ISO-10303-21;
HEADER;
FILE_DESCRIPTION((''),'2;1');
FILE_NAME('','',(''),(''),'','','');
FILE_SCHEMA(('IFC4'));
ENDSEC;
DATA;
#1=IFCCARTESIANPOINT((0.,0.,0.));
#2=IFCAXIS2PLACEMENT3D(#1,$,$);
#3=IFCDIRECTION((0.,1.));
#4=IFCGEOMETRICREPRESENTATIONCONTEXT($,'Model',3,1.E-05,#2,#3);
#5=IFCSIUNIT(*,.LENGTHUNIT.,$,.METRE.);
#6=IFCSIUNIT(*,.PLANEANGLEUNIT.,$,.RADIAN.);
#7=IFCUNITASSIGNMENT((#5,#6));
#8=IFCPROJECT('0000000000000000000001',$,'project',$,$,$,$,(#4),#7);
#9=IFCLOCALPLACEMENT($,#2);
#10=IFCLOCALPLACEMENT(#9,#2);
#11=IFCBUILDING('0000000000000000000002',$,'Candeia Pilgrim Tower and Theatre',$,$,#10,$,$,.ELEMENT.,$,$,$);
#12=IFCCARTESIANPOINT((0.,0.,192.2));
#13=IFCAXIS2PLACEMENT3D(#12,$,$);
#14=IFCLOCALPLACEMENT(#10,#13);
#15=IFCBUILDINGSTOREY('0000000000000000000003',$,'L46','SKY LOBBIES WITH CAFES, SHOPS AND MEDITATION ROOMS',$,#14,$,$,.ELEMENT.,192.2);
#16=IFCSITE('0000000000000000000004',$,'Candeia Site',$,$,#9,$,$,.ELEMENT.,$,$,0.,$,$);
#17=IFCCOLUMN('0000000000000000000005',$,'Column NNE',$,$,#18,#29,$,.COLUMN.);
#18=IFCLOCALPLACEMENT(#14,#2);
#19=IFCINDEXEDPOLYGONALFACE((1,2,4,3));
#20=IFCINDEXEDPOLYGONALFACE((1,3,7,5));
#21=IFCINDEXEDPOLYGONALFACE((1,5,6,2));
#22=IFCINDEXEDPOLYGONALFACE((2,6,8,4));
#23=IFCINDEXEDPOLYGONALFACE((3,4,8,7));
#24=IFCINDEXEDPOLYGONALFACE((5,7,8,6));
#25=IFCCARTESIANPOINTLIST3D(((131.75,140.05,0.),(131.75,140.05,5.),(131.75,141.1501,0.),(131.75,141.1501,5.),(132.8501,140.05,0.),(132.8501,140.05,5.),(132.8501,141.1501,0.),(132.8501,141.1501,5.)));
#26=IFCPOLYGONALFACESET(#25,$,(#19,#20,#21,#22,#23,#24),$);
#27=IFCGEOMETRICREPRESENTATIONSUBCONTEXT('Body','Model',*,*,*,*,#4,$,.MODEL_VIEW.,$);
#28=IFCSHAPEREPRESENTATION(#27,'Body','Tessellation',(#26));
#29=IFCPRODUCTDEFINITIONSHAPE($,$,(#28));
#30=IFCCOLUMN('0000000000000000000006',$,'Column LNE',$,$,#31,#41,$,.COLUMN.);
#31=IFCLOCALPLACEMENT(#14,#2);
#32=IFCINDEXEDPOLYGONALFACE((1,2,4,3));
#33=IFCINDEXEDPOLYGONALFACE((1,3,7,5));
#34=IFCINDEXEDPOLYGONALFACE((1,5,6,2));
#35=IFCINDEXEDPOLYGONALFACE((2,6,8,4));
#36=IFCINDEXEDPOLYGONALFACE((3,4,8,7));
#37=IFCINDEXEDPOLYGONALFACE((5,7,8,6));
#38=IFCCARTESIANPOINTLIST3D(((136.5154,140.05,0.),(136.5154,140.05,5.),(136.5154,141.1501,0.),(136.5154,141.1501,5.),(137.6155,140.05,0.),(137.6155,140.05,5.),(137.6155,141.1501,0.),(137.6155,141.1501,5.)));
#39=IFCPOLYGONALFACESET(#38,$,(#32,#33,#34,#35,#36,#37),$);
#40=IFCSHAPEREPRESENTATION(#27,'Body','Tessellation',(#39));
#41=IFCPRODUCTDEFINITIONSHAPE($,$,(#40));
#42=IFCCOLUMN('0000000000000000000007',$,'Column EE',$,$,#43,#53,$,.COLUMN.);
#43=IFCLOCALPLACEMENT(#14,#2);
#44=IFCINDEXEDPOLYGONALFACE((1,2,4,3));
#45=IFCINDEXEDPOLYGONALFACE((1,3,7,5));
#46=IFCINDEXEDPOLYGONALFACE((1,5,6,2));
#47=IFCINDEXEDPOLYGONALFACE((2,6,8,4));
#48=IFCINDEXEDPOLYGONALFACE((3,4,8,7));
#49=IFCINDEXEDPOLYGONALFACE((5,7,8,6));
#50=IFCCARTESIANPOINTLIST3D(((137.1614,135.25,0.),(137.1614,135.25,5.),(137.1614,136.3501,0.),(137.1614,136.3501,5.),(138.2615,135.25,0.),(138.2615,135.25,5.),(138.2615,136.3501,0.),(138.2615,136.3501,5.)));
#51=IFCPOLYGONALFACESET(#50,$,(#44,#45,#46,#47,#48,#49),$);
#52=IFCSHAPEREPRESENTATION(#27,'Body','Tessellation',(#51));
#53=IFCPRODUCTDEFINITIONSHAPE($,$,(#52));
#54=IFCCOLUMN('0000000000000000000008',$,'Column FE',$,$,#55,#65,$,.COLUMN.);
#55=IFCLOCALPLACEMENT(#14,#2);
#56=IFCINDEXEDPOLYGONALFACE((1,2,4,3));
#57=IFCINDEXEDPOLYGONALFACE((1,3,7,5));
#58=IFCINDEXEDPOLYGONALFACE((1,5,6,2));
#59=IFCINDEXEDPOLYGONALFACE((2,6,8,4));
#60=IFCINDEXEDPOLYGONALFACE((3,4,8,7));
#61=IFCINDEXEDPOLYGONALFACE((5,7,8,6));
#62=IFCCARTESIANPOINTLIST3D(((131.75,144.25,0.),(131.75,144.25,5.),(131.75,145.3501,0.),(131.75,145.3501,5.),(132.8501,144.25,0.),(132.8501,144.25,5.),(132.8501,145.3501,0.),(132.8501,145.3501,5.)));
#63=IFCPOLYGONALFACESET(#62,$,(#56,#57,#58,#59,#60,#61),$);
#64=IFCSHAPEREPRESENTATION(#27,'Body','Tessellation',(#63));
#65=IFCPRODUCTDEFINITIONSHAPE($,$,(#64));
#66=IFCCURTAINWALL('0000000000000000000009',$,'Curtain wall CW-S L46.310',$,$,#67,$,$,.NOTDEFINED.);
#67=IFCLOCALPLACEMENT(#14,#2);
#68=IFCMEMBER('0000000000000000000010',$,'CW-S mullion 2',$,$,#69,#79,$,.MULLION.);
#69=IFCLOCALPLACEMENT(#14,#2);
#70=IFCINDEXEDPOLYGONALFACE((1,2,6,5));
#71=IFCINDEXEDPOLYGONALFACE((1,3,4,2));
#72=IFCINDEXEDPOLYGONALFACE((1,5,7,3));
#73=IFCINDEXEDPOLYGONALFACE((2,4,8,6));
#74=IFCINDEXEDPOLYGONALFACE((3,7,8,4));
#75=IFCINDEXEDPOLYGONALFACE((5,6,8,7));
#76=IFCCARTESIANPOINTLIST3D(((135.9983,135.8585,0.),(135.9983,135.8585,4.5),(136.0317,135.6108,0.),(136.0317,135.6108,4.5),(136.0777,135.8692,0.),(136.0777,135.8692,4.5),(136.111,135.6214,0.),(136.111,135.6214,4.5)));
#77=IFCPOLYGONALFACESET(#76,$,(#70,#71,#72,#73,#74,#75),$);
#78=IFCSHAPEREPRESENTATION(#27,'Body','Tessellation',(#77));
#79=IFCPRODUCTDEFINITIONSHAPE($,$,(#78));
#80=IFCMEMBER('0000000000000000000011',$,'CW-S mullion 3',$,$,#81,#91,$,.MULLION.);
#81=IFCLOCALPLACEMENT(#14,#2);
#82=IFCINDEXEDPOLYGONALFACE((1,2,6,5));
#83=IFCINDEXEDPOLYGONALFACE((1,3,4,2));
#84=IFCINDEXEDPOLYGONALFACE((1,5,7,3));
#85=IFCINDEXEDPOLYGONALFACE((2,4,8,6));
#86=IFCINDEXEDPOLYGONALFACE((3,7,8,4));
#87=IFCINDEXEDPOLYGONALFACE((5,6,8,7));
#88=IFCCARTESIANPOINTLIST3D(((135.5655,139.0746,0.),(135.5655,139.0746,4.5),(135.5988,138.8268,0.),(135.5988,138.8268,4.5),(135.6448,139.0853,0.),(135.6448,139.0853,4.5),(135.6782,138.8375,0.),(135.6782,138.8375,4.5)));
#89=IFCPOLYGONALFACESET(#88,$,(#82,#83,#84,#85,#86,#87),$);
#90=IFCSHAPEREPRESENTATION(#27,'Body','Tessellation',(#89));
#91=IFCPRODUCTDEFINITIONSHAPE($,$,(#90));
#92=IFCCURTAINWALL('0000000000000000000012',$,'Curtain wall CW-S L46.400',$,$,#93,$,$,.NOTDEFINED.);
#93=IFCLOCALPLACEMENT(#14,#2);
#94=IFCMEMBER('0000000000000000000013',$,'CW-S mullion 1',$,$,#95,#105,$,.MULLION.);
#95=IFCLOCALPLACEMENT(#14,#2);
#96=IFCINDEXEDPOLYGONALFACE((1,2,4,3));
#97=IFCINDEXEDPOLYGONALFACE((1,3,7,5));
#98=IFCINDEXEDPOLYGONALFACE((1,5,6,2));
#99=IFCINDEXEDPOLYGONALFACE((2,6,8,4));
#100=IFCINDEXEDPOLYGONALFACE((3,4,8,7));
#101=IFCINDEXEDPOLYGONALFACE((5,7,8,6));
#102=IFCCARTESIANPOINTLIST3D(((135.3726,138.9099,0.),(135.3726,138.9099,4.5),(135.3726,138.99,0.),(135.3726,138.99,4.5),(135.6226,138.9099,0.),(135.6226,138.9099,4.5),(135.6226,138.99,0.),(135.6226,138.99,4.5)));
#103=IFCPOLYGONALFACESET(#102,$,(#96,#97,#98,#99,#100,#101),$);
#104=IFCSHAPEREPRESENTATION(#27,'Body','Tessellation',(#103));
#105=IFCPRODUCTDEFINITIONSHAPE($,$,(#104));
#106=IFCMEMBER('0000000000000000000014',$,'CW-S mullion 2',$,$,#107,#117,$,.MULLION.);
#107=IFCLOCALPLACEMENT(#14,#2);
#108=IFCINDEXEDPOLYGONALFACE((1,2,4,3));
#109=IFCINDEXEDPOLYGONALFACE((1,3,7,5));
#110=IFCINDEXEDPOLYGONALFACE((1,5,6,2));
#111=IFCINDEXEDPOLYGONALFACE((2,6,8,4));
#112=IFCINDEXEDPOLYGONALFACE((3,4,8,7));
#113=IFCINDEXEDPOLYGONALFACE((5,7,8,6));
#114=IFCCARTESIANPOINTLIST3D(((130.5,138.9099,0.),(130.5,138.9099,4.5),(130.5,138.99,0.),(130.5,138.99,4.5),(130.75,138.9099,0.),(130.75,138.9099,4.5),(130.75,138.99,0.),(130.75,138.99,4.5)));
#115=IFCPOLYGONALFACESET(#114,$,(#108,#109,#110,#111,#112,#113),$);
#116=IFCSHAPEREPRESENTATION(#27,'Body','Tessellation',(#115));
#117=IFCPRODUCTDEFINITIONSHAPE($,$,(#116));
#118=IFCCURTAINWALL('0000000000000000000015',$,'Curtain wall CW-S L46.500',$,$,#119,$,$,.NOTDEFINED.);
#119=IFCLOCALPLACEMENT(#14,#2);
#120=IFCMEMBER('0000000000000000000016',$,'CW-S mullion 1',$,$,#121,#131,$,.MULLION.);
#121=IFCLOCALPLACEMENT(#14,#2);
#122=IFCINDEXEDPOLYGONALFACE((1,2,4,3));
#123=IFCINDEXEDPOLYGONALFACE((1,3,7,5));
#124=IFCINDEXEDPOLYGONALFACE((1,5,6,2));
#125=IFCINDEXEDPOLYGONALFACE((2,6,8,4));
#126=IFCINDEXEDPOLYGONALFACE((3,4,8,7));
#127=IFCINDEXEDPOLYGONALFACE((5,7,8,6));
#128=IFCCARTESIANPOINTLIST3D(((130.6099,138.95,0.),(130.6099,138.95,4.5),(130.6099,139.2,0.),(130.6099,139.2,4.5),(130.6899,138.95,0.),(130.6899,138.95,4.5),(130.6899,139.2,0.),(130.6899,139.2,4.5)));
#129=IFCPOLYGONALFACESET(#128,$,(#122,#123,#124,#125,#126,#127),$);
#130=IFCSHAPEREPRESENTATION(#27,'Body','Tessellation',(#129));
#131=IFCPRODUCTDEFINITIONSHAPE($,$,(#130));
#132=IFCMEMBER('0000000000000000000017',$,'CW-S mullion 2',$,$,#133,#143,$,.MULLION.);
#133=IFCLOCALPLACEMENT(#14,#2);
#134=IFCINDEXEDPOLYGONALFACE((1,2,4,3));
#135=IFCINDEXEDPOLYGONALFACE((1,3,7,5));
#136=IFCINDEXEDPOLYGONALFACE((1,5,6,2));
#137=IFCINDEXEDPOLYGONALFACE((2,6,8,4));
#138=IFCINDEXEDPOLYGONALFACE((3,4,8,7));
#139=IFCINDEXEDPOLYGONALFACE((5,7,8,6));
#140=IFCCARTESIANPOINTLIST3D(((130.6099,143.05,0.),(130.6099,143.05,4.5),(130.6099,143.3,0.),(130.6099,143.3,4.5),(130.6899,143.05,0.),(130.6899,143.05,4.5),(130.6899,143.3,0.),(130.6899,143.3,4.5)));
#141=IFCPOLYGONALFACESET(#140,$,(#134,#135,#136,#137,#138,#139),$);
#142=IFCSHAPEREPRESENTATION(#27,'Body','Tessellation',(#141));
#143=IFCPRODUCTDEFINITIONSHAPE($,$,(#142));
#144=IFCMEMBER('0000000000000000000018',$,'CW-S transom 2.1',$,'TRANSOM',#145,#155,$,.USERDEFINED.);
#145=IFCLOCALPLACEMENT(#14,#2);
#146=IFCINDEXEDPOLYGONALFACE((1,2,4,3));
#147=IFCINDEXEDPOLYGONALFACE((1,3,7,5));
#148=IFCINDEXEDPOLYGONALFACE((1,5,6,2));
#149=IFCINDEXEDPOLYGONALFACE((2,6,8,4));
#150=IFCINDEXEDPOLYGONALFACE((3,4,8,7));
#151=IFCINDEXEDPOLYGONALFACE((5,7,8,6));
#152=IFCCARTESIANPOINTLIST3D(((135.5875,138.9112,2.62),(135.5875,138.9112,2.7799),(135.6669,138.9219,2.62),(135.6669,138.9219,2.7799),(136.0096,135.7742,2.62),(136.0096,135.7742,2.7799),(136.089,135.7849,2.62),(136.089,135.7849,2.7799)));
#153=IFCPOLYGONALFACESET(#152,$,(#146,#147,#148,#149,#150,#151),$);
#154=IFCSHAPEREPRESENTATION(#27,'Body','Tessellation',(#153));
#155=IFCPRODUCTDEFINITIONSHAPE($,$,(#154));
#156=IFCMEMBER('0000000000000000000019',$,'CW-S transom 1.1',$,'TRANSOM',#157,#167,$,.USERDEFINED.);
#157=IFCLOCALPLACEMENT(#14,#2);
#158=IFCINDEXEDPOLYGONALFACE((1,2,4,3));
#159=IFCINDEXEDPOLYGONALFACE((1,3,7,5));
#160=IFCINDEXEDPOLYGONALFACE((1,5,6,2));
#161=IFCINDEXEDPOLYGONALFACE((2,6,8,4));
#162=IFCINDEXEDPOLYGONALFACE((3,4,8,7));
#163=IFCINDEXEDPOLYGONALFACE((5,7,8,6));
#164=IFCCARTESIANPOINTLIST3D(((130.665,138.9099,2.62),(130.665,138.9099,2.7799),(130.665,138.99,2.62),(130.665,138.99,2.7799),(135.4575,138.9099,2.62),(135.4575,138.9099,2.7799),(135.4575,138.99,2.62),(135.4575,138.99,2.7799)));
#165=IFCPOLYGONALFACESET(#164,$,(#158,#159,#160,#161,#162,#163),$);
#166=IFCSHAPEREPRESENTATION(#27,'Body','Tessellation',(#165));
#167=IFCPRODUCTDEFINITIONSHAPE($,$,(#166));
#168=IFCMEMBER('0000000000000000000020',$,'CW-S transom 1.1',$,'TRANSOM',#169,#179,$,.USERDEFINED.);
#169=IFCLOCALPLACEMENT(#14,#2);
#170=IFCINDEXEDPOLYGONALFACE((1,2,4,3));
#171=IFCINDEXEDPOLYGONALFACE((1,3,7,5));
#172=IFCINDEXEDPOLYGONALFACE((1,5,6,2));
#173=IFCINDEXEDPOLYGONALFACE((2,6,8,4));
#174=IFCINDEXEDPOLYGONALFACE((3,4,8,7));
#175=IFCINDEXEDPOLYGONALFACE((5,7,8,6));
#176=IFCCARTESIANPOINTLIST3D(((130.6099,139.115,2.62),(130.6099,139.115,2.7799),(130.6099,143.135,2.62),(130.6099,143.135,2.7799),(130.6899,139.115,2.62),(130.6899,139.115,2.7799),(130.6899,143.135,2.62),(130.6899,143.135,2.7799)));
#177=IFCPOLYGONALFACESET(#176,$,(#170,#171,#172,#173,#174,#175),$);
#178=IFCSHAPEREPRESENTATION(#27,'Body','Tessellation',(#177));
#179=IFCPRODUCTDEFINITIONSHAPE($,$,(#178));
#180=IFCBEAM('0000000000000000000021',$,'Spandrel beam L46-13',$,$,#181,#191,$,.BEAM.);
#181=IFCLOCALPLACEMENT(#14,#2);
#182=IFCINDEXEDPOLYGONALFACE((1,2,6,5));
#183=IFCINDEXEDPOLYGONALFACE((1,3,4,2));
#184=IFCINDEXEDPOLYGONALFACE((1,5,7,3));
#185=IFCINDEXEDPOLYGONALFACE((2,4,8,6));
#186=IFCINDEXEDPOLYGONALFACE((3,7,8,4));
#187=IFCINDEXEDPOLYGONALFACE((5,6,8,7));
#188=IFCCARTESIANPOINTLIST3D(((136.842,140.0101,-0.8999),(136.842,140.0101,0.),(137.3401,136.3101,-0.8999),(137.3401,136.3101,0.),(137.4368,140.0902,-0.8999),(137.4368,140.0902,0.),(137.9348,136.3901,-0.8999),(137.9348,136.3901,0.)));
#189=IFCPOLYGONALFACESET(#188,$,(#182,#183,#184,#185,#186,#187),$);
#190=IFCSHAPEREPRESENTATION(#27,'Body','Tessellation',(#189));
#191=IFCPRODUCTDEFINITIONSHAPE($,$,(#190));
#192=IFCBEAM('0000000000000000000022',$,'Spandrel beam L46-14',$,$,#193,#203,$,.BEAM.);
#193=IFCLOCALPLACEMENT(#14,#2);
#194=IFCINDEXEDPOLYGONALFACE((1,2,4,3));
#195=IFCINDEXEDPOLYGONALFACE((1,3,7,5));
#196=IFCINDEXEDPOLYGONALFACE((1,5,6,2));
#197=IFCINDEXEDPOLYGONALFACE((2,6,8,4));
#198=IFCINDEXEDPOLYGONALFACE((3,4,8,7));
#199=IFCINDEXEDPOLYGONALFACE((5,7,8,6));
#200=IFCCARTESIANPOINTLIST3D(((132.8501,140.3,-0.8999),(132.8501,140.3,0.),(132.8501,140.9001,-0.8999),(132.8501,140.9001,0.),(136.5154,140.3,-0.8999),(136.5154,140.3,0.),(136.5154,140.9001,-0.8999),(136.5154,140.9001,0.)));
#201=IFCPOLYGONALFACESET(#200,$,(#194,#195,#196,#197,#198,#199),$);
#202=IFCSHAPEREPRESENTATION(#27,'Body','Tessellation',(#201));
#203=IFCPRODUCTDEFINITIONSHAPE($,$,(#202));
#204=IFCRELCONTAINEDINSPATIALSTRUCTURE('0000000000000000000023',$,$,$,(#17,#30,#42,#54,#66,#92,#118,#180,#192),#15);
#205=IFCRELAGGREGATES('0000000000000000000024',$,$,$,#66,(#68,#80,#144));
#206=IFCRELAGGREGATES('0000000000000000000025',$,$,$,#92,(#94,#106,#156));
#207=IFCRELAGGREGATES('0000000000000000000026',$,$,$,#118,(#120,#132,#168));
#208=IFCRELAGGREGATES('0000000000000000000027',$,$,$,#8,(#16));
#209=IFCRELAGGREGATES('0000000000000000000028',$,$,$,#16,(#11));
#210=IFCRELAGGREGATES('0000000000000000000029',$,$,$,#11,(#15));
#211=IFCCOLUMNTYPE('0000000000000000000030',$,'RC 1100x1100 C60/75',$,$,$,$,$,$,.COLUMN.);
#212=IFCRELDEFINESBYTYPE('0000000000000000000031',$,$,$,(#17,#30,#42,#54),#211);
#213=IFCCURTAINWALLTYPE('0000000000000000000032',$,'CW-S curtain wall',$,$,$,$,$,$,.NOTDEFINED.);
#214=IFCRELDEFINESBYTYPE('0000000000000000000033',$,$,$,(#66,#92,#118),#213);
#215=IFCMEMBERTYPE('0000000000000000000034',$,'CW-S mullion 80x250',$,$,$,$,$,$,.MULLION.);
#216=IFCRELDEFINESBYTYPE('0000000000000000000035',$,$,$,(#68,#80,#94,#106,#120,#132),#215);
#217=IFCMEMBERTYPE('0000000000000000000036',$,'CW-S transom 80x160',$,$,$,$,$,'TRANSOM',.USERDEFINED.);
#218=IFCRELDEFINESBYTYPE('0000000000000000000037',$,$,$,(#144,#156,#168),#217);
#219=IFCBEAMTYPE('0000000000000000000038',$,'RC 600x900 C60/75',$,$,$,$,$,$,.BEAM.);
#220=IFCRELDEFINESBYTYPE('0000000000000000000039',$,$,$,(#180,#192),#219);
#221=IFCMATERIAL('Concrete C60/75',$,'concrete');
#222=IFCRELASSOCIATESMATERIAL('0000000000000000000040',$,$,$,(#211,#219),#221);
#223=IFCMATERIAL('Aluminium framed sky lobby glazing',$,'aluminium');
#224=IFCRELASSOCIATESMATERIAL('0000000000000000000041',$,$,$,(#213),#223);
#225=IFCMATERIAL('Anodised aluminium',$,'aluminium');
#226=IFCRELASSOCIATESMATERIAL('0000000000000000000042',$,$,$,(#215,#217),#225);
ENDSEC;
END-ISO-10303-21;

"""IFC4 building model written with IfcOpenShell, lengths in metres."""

from ifc_helpers import new_model, si_unit, direction, frame, origin, origin_2d, place, context, subcontext, project, spatial, rectangle, extrude, material, material_profile, profile_set, type_object, element, aggregate, save


model = new_model("IFC4")

# Units and contexts
model_context = context("Model", 3, precision=1e-05, world=origin(), true_north=direction((0.0, 1.0)))
body_context = subcontext(model_context, "Body", "Model", "MODEL_VIEW")
ifc_project = project(units=[si_unit("LENGTHUNIT", "METRE"), si_unit("PLANEANGLEUNIT", "RADIAN")], contexts=[model_context])

# Site, building, storey
site_placement = place(None, origin())
site = spatial("IfcSite", under=ifc_project, at=site_placement, Name="Candeia Site", CompositionType="ELEMENT", RefElevation=0.0)
building_placement = place(site_placement, origin())
building = spatial("IfcBuilding", under=site, at=building_placement, Name="Candeia Pilgrim Tower and Theatre", CompositionType="ELEMENT")
storey_placement = place(building_placement, frame((0.0, 0.0, 192.2)))
storey = spatial("IfcBuildingStorey", under=building, at=storey_placement, Name="L46", Description="SKY LOBBIES WITH CAFES, SHOPS AND MEDITATION ROOMS", CompositionType="ELEMENT", Elevation=192.2)

# Columns
ifc_material_1 = material(Name="Concrete C60/75", Category="concrete")
ifc_material_profile_1 = material_profile(ifc_material_1, rectangle(XDim=1.1001, YDim=1.1001, at=origin_2d()))
ifc_profile_set_1 = profile_set([ifc_material_profile_1], Name="Concrete C60/75")
column_type = type_object("IfcColumnType", Name="RC 1100x1100 C60/75", PredefinedType="COLUMN", material=ifc_profile_set_1)
for number, where, z_axis, x_axis, name in (
    (1, (132.3, 140.6001, 0.0), (0.0, 0.0, 1.0), (1.0, 0.0, 0.0), "Column NNE"),
    (2, (137.0654, 140.6001, 0.0), (0.0, 0.0, 1.0), (1.0, 0.0, 0.0), "Column LNE"),
    (3, (137.7114, 135.8, 0.0), (0.0, 0.0, 1.0), (1.0, 0.0, 0.0), "Column EE"),
    (4, (132.3, 144.8, 0.0), (0.0, 0.0, 1.0), (1.0, 0.0, 0.0), "Column FE"),
):
    element("IfcColumn", number, at=place(storey_placement, frame(where, z_axis=z_axis, x_axis=x_axis)), inside=storey, type_object=column_type, Name=name, PredefinedType="COLUMN", context=body_context, shape_type="SweptSolid", body=[
        extrude(rectangle(XDim=1.1001, YDim=1.1001, at=origin_2d()), origin(), (0.0, 0.0, 1.0), 5.0),
    ])

# Curtain walls, members
ifc_material_2 = material(Name="Aluminium framed sky lobby glazing", Category="aluminium")
curtain_wall_type = type_object("IfcCurtainWallType", Name="CW-S curtain wall", PredefinedType="NOTDEFINED", material=ifc_material_2)
curtain_wall_1_placement = place(storey_placement, origin())
curtain_wall_1 = element("IfcCurtainWall", 5, at=curtain_wall_1_placement, inside=storey, type_object=curtain_wall_type, Name="Curtain wall CW-S L46.310", PredefinedType="NOTDEFINED")
ifc_material_3 = material(Name="Anodised aluminium", Category="aluminium")
ifc_material_profile_2 = material_profile(ifc_material_3, rectangle(XDim=0.0801, YDim=0.25, at=origin_2d()))
ifc_profile_set_2 = profile_set([ifc_material_profile_2], Name="Anodised aluminium")
member_type_1 = type_object("IfcMemberType", Name="CW-S mullion 80x250", PredefinedType="MULLION", material=ifc_profile_set_2)
member_1_placement = place(storey_placement, frame((136.0547, 135.74, 0.0), z_axis=(0.0, 0.0, 1.0), x_axis=(-0.991061, -0.133412, 0.0)))
member_1 = element("IfcMember", 6, at=member_1_placement, type_object=member_type_1, Name="CW-S mullion 2", PredefinedType="MULLION", context=body_context, shape_type="SweptSolid", body=[
    extrude(rectangle(XDim=0.0801, YDim=0.25, at=origin_2d()), origin(), (0.0, 0.0, 1.0), 4.5),
])
member_2_placement = place(storey_placement, frame((135.6218, 138.9561, 0.0), z_axis=(0.0, 0.0, 1.0), x_axis=(-0.991061, -0.133412, 0.0)))
member_2 = element("IfcMember", 7, at=member_2_placement, type_object=member_type_1, Name="CW-S mullion 3", PredefinedType="MULLION", context=body_context, shape_type="SweptSolid", body=[
    extrude(rectangle(XDim=0.0801, YDim=0.25, at=origin_2d()), origin(), (0.0, 0.0, 1.0), 4.5),
])
curtain_wall_2_placement = place(storey_placement, origin())
curtain_wall_2 = element("IfcCurtainWall", 8, at=curtain_wall_2_placement, inside=storey, type_object=curtain_wall_type, Name="Curtain wall CW-S L46.400", PredefinedType="NOTDEFINED")
member_3_placement = place(storey_placement, frame((135.4976, 138.95, 0.0), z_axis=(0.0, 0.0, 1.0), x_axis=(0.0, -1.0, 0.0)))
member_3 = element("IfcMember", 9, at=member_3_placement, type_object=member_type_1, Name="CW-S mullion 1", PredefinedType="MULLION", context=body_context, shape_type="SweptSolid", body=[
    extrude(rectangle(XDim=0.0801, YDim=0.25, at=origin_2d()), origin(), (0.0, 0.0, 1.0), 4.5),
])
member_4_placement = place(storey_placement, frame((130.625, 138.95, 0.0), z_axis=(0.0, 0.0, 1.0), x_axis=(0.0, -1.0, 0.0)))
member_4 = element("IfcMember", 10, at=member_4_placement, type_object=member_type_1, Name="CW-S mullion 2", PredefinedType="MULLION", context=body_context, shape_type="SweptSolid", body=[
    extrude(rectangle(XDim=0.0801, YDim=0.25, at=origin_2d()), origin(), (0.0, 0.0, 1.0), 4.5),
])
curtain_wall_3_placement = place(storey_placement, origin())
curtain_wall_3 = element("IfcCurtainWall", 11, at=curtain_wall_3_placement, inside=storey, type_object=curtain_wall_type, Name="Curtain wall CW-S L46.500", PredefinedType="NOTDEFINED")
member_5_placement = place(storey_placement, frame((130.6499, 139.075, 0.0), z_axis=(0.0, 0.0, 1.0), x_axis=(-1.0, 0.0, 0.0)))
member_5 = element("IfcMember", 12, at=member_5_placement, type_object=member_type_1, Name="CW-S mullion 1", PredefinedType="MULLION", context=body_context, shape_type="SweptSolid", body=[
    extrude(rectangle(XDim=0.0801, YDim=0.25, at=origin_2d()), origin(), (0.0, 0.0, 1.0), 4.5),
])
member_6_placement = place(storey_placement, frame((130.6499, 143.175, 0.0), z_axis=(0.0, 0.0, 1.0), x_axis=(-1.0, 0.0, 0.0)))
member_6 = element("IfcMember", 13, at=member_6_placement, type_object=member_type_1, Name="CW-S mullion 2", PredefinedType="MULLION", context=body_context, shape_type="SweptSolid", body=[
    extrude(rectangle(XDim=0.0801, YDim=0.25, at=origin_2d()), origin(), (0.0, 0.0, 1.0), 4.5),
])

# Members
ifc_material_profile_3 = material_profile(ifc_material_3, rectangle(XDim=0.0801, YDim=0.1599, at=origin_2d()))
ifc_profile_set_3 = profile_set([ifc_material_profile_3], Name="Anodised aluminium")
member_type_2 = type_object("IfcMemberType", Name="CW-S transom 80x160", ElementType="TRANSOM", PredefinedType="USERDEFINED", material=ifc_profile_set_3)
member_7_placement = place(storey_placement, frame((136.0493, 135.7795, 2.7), z_axis=(-0.133361, 0.991068, 0.0), x_axis=(-0.991068, -0.133361, 0.0)))
member_7 = element("IfcMember", 14, at=member_7_placement, type_object=member_type_2, Name="CW-S transom 2.1", ObjectType="TRANSOM", PredefinedType="USERDEFINED", context=body_context, shape_type="SweptSolid", body=[
    extrude(rectangle(XDim=0.0801, YDim=0.1599, at=origin_2d()), origin(), (0.0, 0.0, 1.0), 3.1653),
])
member_8_placement = place(storey_placement, frame((135.4575, 138.95, 2.7), z_axis=(-1.0, 0.0, 0.0), x_axis=(0.0, -1.0, 0.0)))
member_8 = element("IfcMember", 15, at=member_8_placement, type_object=member_type_2, Name="CW-S transom 1.1", ObjectType="TRANSOM", PredefinedType="USERDEFINED", context=body_context, shape_type="SweptSolid", body=[
    extrude(rectangle(XDim=0.0801, YDim=0.1599, at=origin_2d()), origin(), (0.0, 0.0, 1.0), 4.7925),
])
member_9_placement = place(storey_placement, frame((130.6499, 139.115, 2.7), z_axis=(0.0, 1.0, 0.0), x_axis=(-1.0, 0.0, 0.0)))
member_9 = element("IfcMember", 16, at=member_9_placement, type_object=member_type_2, Name="CW-S transom 1.1", ObjectType="TRANSOM", PredefinedType="USERDEFINED", context=body_context, shape_type="SweptSolid", body=[
    extrude(rectangle(XDim=0.0801, YDim=0.1599, at=origin_2d()), origin(), (0.0, 0.0, 1.0), 4.02),
])

# Beams
ifc_material_profile_4 = material_profile(ifc_material_1, rectangle(XDim=0.6001, YDim=0.8999, at=origin_2d()))
ifc_profile_set_4 = profile_set([ifc_material_profile_4], Name="Concrete C60/75")
beam_type = type_object("IfcBeamType", Name="RC 600x900 C60/75", PredefinedType="BEAM", material=ifc_profile_set_4)
beam_1_placement = place(storey_placement, frame((137.6375, 136.3501, -0.45), z_axis=(-0.133406, 0.991061, 0.0), x_axis=(-0.991061, -0.133406, 0.0)))
element("IfcBeam", 17, at=beam_1_placement, inside=storey, type_object=beam_type, Name="Spandrel beam L46-13", PredefinedType="BEAM", context=body_context, shape_type="SweptSolid", body=[
    extrude(rectangle(XDim=0.6001, YDim=0.8999, at=origin_2d()), origin(), (0.0, 0.0, 1.0), 3.7334),
])
beam_2_placement = place(storey_placement, frame((136.5154, 140.6001, -0.45), z_axis=(-1.0, 0.0, 0.0), x_axis=(0.0, -1.0, 0.0)))
element("IfcBeam", 18, at=beam_2_placement, inside=storey, type_object=beam_type, Name="Spandrel beam L46-14", PredefinedType="BEAM", context=body_context, shape_type="SweptSolid", body=[
    extrude(rectangle(XDim=0.6001, YDim=0.8999, at=origin_2d()), origin(), (0.0, 0.0, 1.0), 3.6653),
])

aggregate(curtain_wall_1, [member_1, member_2, member_7])
aggregate(curtain_wall_2, [member_3, member_4, member_8])
aggregate(curtain_wall_3, [member_5, member_6, member_9])

save(model, "model.ifc")
